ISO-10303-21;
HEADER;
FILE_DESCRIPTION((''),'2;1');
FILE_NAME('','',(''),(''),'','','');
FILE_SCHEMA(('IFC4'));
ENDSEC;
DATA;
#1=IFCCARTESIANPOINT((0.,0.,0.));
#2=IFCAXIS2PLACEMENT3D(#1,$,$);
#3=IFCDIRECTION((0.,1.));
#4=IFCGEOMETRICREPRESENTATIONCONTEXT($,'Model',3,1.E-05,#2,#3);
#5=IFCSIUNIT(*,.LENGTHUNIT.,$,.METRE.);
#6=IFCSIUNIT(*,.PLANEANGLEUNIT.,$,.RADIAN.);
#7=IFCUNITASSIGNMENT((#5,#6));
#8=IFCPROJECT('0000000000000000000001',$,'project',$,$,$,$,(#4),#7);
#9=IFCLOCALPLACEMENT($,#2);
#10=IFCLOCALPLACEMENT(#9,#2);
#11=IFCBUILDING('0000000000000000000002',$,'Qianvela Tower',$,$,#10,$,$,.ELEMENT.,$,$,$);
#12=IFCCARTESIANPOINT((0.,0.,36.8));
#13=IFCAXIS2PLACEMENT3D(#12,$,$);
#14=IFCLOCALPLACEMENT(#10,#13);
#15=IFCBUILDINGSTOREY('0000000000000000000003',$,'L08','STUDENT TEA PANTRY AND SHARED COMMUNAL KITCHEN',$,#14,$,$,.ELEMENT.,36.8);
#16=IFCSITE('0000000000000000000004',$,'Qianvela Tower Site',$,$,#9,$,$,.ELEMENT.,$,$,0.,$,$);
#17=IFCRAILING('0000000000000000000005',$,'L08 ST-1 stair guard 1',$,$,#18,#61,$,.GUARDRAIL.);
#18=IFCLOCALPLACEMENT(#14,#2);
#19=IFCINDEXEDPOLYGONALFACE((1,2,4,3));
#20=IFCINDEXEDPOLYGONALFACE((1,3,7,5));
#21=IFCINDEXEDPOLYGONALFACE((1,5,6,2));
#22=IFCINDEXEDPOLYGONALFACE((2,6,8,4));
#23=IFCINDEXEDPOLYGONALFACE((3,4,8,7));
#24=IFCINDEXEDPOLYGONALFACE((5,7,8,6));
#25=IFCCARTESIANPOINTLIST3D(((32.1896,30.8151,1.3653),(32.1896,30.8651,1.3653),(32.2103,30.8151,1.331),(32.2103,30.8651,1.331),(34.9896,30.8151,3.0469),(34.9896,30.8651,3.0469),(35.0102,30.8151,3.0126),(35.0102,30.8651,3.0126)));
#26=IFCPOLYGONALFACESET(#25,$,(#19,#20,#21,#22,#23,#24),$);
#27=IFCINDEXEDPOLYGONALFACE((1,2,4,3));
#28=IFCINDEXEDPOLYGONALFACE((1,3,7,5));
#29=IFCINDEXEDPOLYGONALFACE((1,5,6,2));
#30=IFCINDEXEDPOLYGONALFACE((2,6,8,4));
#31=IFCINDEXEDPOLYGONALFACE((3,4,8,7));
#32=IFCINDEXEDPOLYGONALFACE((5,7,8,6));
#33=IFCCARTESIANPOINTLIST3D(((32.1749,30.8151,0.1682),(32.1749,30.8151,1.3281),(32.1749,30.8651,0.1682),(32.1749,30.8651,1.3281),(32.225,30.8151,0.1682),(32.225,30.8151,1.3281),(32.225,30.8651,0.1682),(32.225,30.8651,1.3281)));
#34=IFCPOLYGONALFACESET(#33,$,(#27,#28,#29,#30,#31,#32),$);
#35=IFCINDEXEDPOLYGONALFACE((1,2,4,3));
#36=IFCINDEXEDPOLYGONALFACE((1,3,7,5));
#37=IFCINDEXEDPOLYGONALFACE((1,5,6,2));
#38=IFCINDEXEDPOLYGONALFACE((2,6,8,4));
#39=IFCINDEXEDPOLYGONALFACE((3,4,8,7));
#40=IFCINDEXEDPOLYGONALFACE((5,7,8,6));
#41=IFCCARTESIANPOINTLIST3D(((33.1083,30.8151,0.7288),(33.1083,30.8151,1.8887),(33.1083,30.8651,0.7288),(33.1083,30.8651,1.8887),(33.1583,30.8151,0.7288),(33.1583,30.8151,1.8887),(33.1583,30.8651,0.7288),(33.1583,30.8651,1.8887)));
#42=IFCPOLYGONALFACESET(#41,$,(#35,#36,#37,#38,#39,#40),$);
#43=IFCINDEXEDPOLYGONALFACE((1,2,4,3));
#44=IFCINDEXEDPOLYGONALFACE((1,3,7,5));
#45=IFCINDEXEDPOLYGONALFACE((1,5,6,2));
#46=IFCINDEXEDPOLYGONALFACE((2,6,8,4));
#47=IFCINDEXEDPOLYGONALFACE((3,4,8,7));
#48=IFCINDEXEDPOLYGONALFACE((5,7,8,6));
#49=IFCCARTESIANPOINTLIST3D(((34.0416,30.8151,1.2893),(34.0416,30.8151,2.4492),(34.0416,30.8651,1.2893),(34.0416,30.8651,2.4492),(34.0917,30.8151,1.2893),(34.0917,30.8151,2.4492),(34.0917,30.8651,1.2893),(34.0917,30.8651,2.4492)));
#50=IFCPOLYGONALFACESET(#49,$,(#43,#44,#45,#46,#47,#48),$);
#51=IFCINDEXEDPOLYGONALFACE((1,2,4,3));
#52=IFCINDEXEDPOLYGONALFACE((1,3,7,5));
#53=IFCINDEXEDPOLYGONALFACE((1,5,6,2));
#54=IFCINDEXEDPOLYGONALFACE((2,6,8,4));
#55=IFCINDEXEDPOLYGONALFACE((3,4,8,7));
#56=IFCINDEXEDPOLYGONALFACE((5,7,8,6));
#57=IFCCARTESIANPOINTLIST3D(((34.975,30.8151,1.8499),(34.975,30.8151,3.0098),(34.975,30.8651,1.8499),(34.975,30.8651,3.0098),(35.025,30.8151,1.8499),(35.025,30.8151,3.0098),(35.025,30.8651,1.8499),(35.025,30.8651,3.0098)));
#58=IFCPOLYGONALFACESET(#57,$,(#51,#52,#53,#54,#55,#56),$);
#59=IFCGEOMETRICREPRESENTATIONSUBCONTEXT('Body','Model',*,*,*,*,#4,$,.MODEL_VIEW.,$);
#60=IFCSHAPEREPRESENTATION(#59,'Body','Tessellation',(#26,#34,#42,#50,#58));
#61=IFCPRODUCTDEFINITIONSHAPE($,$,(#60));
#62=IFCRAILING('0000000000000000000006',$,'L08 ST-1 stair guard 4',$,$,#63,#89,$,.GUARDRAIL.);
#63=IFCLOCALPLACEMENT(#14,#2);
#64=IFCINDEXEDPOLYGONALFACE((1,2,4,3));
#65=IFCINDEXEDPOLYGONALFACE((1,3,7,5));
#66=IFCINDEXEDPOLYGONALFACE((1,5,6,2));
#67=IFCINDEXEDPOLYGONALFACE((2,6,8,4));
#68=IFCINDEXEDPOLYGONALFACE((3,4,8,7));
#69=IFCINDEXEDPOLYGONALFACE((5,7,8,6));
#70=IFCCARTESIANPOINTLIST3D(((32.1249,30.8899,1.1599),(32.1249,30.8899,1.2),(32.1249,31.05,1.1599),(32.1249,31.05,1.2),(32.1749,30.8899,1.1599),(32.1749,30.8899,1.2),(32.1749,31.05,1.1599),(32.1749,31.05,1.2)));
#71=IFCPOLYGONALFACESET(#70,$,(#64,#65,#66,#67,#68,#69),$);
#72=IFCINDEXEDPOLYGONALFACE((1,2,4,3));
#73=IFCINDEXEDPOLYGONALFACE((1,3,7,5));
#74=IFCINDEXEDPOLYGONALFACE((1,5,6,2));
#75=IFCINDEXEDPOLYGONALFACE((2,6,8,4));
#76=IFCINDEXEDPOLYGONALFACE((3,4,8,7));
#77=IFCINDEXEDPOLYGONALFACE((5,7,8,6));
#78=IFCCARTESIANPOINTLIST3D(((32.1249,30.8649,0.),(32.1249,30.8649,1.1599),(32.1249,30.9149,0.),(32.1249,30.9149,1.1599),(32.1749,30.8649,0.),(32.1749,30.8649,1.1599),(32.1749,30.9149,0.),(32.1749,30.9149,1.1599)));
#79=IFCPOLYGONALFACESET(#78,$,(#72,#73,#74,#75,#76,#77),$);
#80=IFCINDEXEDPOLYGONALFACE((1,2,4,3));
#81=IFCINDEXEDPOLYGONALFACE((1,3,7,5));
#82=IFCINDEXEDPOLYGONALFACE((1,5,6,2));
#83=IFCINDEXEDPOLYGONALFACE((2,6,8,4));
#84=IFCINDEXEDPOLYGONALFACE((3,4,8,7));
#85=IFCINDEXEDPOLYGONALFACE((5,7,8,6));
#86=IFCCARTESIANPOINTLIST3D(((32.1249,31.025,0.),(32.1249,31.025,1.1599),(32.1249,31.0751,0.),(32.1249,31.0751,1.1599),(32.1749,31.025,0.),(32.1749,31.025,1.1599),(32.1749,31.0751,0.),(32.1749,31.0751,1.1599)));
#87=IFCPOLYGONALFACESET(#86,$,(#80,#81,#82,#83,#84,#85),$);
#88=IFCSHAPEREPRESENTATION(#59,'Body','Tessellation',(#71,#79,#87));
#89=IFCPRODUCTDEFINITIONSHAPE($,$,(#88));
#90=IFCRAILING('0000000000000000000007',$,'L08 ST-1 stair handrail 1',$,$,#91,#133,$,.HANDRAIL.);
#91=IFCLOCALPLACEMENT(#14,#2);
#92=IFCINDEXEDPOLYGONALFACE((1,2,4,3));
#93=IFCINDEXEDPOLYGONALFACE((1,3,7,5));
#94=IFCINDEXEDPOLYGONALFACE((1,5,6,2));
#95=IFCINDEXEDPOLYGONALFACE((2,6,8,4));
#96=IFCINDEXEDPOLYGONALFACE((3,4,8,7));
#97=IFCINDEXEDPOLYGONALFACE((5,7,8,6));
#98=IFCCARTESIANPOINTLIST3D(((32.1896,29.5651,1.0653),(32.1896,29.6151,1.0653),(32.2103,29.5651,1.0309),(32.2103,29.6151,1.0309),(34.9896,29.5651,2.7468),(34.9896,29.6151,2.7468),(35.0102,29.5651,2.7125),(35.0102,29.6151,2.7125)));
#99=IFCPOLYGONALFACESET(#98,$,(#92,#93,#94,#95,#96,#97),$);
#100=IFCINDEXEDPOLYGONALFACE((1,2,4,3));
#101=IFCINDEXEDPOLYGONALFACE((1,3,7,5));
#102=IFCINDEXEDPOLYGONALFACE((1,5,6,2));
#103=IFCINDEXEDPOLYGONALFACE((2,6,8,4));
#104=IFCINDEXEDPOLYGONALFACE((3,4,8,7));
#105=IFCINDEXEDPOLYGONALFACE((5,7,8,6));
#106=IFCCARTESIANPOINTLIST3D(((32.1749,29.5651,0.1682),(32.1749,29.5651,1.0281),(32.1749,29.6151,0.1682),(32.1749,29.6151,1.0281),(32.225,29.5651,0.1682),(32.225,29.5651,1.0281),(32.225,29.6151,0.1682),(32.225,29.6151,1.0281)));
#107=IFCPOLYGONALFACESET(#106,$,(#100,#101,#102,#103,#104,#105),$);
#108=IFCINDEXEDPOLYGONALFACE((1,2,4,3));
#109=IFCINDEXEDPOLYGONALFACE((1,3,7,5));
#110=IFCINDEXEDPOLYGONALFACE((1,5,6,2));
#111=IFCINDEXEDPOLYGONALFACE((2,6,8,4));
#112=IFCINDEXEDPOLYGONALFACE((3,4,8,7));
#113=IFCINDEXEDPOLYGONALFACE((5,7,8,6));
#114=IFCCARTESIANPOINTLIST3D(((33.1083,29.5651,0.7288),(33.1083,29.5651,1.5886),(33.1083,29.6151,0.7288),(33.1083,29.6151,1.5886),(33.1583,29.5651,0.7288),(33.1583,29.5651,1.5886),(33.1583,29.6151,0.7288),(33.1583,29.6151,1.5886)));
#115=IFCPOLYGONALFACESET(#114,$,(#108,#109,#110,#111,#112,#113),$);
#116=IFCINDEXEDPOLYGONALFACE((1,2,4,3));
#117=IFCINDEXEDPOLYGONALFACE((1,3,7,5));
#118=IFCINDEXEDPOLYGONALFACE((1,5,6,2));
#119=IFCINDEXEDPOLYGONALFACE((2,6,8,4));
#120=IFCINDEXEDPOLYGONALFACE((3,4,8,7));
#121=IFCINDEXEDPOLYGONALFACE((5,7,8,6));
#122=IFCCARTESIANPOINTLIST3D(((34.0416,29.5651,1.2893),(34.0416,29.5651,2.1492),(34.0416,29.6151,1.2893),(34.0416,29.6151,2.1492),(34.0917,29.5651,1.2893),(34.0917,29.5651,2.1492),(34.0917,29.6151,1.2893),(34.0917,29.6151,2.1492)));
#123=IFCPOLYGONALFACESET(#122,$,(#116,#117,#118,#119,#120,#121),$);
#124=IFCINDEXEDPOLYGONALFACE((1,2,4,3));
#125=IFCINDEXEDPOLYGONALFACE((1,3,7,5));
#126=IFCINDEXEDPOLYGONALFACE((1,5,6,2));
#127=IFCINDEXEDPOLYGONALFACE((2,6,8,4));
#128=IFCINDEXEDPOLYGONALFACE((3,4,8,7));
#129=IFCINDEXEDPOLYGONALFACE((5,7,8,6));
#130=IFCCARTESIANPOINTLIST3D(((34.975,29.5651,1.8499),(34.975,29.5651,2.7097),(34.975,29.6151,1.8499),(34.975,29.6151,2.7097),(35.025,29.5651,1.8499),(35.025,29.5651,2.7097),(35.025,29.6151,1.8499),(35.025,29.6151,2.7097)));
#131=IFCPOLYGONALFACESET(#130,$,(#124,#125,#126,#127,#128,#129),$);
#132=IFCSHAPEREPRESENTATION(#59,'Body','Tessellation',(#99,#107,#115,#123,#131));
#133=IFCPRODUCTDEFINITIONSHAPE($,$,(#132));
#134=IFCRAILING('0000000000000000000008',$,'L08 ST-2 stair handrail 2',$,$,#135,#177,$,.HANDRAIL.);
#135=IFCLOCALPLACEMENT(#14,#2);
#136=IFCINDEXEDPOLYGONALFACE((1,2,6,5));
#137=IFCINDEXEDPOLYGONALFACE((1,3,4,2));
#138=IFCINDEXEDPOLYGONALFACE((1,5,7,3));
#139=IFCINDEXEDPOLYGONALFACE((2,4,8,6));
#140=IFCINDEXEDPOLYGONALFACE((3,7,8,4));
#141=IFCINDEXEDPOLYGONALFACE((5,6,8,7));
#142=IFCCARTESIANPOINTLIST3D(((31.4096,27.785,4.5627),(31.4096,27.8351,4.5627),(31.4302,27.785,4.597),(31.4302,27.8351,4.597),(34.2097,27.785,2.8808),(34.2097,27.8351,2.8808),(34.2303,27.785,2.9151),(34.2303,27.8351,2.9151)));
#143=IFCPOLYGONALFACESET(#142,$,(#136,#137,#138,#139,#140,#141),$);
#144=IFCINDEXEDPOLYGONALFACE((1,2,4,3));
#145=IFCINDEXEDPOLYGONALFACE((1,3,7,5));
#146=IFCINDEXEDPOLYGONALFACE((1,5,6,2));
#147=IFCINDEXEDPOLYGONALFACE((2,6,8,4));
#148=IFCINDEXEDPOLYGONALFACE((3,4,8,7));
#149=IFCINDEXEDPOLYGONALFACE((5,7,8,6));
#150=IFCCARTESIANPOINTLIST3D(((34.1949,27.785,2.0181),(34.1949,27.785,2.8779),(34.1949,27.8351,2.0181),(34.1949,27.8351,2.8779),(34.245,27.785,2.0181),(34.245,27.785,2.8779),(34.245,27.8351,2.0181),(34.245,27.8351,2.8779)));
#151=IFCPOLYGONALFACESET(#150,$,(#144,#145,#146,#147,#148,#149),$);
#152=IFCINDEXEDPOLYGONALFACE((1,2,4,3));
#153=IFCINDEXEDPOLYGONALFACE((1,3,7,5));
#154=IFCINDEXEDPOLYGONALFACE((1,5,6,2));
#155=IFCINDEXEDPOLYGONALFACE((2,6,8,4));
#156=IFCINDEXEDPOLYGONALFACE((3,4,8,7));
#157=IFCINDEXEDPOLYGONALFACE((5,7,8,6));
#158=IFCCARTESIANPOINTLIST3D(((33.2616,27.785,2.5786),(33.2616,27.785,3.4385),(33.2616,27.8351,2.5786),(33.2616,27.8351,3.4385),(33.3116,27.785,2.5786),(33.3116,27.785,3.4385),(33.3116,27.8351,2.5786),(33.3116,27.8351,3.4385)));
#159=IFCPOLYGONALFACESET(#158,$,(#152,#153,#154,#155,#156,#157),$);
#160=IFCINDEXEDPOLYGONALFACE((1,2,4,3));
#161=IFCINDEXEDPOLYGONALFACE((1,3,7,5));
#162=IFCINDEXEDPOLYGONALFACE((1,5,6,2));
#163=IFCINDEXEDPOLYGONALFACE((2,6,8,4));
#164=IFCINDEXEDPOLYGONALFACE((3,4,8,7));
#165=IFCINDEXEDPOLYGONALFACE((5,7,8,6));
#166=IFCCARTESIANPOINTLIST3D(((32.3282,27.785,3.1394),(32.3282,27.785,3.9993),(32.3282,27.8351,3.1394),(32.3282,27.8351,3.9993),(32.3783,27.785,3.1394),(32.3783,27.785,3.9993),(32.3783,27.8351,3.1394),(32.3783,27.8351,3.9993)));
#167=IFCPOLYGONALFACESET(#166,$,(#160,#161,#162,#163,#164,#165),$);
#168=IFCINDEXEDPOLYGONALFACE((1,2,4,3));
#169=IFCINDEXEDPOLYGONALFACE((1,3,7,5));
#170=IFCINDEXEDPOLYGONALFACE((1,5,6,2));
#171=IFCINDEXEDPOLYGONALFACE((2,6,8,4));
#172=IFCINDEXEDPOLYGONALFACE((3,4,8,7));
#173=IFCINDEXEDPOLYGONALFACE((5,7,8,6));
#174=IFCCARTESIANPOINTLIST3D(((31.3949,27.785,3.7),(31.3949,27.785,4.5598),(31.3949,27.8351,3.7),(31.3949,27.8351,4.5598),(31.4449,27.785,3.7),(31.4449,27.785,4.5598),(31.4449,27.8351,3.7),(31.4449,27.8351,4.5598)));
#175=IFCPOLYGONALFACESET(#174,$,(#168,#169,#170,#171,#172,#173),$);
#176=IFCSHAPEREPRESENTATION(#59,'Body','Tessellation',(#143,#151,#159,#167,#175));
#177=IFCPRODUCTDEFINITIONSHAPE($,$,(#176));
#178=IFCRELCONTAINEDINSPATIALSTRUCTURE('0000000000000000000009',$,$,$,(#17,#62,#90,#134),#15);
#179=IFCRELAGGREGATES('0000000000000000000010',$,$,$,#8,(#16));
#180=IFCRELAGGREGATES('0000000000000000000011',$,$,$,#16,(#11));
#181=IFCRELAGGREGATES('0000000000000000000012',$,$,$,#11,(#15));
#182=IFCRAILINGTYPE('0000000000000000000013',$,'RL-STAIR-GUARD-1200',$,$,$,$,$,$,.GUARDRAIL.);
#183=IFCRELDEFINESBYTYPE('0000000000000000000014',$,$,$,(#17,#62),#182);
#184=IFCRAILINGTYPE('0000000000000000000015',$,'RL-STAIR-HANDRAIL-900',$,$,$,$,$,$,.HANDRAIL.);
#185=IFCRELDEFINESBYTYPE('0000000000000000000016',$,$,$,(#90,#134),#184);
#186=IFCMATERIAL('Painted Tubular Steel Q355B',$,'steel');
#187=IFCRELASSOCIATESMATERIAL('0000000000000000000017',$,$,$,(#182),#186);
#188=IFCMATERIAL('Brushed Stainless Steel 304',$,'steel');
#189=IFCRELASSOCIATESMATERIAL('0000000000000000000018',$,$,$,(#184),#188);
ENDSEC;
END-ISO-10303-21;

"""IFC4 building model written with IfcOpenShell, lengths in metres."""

from ifc_helpers import new_model, si_unit, direction, frame, origin, origin_2d, place, context, subcontext, project, spatial, rectangle, extrude, material, type_object, element, save


model = new_model("IFC4")

# Units and contexts
model_context = context("Model", 3, precision=1e-05, world=origin(), true_north=direction((0.0, 1.0)))
body_context = subcontext(model_context, "Body", "Model", "MODEL_VIEW")
ifc_project = project(units=[si_unit("LENGTHUNIT", "METRE"), si_unit("PLANEANGLEUNIT", "RADIAN")], contexts=[model_context])

# Site, building, storey
site_placement = place(None, origin())
site = spatial("IfcSite", under=ifc_project, at=site_placement, Name="Qianvela Tower Site", CompositionType="ELEMENT", RefElevation=0.0)
building_placement = place(site_placement, origin())
building = spatial("IfcBuilding", under=site, at=building_placement, Name="Qianvela Tower", CompositionType="ELEMENT")
storey_placement = place(building_placement, frame((0.0, 0.0, 36.8)))
storey = spatial("IfcBuildingStorey", under=building, at=storey_placement, Name="L08", Description="STUDENT TEA PANTRY AND SHARED COMMUNAL KITCHEN", CompositionType="ELEMENT", Elevation=36.8)

# Railings
ifc_material_1 = material(Name="Painted Tubular Steel Q355B", Category="steel")
railing_type_1 = type_object("IfcRailingType", Name="RL-STAIR-GUARD-1200", PredefinedType="GUARDRAIL", material=ifc_material_1)
railing_1_placement = place(storey_placement, frame((32.2, 30.8401, 0.1682)))
element("IfcRailing", 1, at=railing_1_placement, inside=storey, type_object=railing_type_1, Name="L08 ST-1 stair guard 1", PredefinedType="GUARDRAIL", context=body_context, shape_type="SweptSolid", body=[
    extrude(rectangle(XDim=0.05, YDim=0.04, at=origin_2d()), frame((0.0, 0.0, 1.1799), z_axis=(0.857275, 0.0, 0.514858), x_axis=(0.0, 1.0, 0.0)), (0.0, 0.0, 1.0), 3.2661),
    extrude(rectangle(XDim=0.05, YDim=0.05, at=origin_2d()), origin(), (0.0, 0.0, 1.0), 1.1599),
    extrude(rectangle(XDim=0.05, YDim=0.05, at=origin_2d()), frame((0.9333, 0.0, 0.5605)), (0.0, 0.0, 1.0), 1.1599),
    extrude(rectangle(XDim=0.05, YDim=0.05, at=origin_2d()), frame((1.8667, 0.0, 1.1211)), (0.0, 0.0, 1.0), 1.1599),
    extrude(rectangle(XDim=0.05, YDim=0.05, at=origin_2d()), frame((2.8, 0.0, 1.6816)), (0.0, 0.0, 1.0), 1.1599),
])
railing_2_placement = place(storey_placement, frame((32.1499, 30.8899, 0.0)))
element("IfcRailing", 2, at=railing_2_placement, inside=storey, type_object=railing_type_1, Name="L08 ST-1 stair guard 4", PredefinedType="GUARDRAIL", context=body_context, shape_type="SweptSolid", body=[
    extrude(rectangle(XDim=0.05, YDim=0.04, at=origin_2d()), frame((0.0, 0.0, 1.1799), z_axis=(0.0, 1.0, 0.0), x_axis=(-1.0, 0.0, 0.0)), (0.0, 0.0, 1.0), 0.1602),
    extrude(rectangle(XDim=0.05, YDim=0.05, at=origin_2d()), origin(), (0.0, 0.0, 1.0), 1.1599),
    extrude(rectangle(XDim=0.05, YDim=0.05, at=origin_2d()), frame((0.0, 0.1602, 0.0)), (0.0, 0.0, 1.0), 1.1599),
])
ifc_material_2 = material(Name="Brushed Stainless Steel 304", Category="steel")
railing_type_2 = type_object("IfcRailingType", Name="RL-STAIR-HANDRAIL-900", PredefinedType="HANDRAIL", material=ifc_material_2)
railing_3_placement = place(storey_placement, frame((32.2, 29.5901, 0.1682)))
element("IfcRailing", 3, at=railing_3_placement, inside=storey, type_object=railing_type_2, Name="L08 ST-1 stair handrail 1", PredefinedType="HANDRAIL", context=body_context, shape_type="SweptSolid", body=[
    extrude(rectangle(XDim=0.05, YDim=0.04, at=origin_2d()), frame((0.0, 0.0, 0.8799), z_axis=(0.857275, 0.0, 0.514858), x_axis=(0.0, 1.0, 0.0)), (0.0, 0.0, 1.0), 3.2661),
    extrude(rectangle(XDim=0.05, YDim=0.05, at=origin_2d()), origin(), (0.0, 0.0, 1.0), 0.8599),
    extrude(rectangle(XDim=0.05, YDim=0.05, at=origin_2d()), frame((0.9333, 0.0, 0.5605)), (0.0, 0.0, 1.0), 0.8599),
    extrude(rectangle(XDim=0.05, YDim=0.05, at=origin_2d()), frame((1.8667, 0.0, 1.1211)), (0.0, 0.0, 1.0), 0.8599),
    extrude(rectangle(XDim=0.05, YDim=0.05, at=origin_2d()), frame((2.8, 0.0, 1.6816)), (0.0, 0.0, 1.0), 0.8599),
])
railing_4_placement = place(storey_placement, frame((34.22, 27.8101, 2.0181)))
element("IfcRailing", 4, at=railing_4_placement, inside=storey, type_object=railing_type_2, Name="L08 ST-2 stair handrail 2", PredefinedType="HANDRAIL", context=body_context, shape_type="SweptSolid", body=[
    extrude(rectangle(XDim=0.05, YDim=0.04, at=origin_2d()), frame((0.0, 0.0, 0.8799), z_axis=(-0.857242, 0.0, 0.514913), x_axis=(0.0, -1.0, 0.0)), (0.0, 0.0, 1.0), 3.2664),
    extrude(rectangle(XDim=0.05, YDim=0.05, at=origin_2d()), origin(), (0.0, 0.0, 1.0), 0.8599),
    extrude(rectangle(XDim=0.05, YDim=0.05, at=origin_2d()), frame((-0.9333, 0.0, 0.5605)), (0.0, 0.0, 1.0), 0.8599),
    extrude(rectangle(XDim=0.05, YDim=0.05, at=origin_2d()), frame((-1.8667, 0.0, 1.1213)), (0.0, 0.0, 1.0), 0.8599),
    extrude(rectangle(XDim=0.05, YDim=0.05, at=origin_2d()), frame((-2.8, 0.0, 1.6819)), (0.0, 0.0, 1.0), 0.8599),
])

save(model, "model.ifc")
